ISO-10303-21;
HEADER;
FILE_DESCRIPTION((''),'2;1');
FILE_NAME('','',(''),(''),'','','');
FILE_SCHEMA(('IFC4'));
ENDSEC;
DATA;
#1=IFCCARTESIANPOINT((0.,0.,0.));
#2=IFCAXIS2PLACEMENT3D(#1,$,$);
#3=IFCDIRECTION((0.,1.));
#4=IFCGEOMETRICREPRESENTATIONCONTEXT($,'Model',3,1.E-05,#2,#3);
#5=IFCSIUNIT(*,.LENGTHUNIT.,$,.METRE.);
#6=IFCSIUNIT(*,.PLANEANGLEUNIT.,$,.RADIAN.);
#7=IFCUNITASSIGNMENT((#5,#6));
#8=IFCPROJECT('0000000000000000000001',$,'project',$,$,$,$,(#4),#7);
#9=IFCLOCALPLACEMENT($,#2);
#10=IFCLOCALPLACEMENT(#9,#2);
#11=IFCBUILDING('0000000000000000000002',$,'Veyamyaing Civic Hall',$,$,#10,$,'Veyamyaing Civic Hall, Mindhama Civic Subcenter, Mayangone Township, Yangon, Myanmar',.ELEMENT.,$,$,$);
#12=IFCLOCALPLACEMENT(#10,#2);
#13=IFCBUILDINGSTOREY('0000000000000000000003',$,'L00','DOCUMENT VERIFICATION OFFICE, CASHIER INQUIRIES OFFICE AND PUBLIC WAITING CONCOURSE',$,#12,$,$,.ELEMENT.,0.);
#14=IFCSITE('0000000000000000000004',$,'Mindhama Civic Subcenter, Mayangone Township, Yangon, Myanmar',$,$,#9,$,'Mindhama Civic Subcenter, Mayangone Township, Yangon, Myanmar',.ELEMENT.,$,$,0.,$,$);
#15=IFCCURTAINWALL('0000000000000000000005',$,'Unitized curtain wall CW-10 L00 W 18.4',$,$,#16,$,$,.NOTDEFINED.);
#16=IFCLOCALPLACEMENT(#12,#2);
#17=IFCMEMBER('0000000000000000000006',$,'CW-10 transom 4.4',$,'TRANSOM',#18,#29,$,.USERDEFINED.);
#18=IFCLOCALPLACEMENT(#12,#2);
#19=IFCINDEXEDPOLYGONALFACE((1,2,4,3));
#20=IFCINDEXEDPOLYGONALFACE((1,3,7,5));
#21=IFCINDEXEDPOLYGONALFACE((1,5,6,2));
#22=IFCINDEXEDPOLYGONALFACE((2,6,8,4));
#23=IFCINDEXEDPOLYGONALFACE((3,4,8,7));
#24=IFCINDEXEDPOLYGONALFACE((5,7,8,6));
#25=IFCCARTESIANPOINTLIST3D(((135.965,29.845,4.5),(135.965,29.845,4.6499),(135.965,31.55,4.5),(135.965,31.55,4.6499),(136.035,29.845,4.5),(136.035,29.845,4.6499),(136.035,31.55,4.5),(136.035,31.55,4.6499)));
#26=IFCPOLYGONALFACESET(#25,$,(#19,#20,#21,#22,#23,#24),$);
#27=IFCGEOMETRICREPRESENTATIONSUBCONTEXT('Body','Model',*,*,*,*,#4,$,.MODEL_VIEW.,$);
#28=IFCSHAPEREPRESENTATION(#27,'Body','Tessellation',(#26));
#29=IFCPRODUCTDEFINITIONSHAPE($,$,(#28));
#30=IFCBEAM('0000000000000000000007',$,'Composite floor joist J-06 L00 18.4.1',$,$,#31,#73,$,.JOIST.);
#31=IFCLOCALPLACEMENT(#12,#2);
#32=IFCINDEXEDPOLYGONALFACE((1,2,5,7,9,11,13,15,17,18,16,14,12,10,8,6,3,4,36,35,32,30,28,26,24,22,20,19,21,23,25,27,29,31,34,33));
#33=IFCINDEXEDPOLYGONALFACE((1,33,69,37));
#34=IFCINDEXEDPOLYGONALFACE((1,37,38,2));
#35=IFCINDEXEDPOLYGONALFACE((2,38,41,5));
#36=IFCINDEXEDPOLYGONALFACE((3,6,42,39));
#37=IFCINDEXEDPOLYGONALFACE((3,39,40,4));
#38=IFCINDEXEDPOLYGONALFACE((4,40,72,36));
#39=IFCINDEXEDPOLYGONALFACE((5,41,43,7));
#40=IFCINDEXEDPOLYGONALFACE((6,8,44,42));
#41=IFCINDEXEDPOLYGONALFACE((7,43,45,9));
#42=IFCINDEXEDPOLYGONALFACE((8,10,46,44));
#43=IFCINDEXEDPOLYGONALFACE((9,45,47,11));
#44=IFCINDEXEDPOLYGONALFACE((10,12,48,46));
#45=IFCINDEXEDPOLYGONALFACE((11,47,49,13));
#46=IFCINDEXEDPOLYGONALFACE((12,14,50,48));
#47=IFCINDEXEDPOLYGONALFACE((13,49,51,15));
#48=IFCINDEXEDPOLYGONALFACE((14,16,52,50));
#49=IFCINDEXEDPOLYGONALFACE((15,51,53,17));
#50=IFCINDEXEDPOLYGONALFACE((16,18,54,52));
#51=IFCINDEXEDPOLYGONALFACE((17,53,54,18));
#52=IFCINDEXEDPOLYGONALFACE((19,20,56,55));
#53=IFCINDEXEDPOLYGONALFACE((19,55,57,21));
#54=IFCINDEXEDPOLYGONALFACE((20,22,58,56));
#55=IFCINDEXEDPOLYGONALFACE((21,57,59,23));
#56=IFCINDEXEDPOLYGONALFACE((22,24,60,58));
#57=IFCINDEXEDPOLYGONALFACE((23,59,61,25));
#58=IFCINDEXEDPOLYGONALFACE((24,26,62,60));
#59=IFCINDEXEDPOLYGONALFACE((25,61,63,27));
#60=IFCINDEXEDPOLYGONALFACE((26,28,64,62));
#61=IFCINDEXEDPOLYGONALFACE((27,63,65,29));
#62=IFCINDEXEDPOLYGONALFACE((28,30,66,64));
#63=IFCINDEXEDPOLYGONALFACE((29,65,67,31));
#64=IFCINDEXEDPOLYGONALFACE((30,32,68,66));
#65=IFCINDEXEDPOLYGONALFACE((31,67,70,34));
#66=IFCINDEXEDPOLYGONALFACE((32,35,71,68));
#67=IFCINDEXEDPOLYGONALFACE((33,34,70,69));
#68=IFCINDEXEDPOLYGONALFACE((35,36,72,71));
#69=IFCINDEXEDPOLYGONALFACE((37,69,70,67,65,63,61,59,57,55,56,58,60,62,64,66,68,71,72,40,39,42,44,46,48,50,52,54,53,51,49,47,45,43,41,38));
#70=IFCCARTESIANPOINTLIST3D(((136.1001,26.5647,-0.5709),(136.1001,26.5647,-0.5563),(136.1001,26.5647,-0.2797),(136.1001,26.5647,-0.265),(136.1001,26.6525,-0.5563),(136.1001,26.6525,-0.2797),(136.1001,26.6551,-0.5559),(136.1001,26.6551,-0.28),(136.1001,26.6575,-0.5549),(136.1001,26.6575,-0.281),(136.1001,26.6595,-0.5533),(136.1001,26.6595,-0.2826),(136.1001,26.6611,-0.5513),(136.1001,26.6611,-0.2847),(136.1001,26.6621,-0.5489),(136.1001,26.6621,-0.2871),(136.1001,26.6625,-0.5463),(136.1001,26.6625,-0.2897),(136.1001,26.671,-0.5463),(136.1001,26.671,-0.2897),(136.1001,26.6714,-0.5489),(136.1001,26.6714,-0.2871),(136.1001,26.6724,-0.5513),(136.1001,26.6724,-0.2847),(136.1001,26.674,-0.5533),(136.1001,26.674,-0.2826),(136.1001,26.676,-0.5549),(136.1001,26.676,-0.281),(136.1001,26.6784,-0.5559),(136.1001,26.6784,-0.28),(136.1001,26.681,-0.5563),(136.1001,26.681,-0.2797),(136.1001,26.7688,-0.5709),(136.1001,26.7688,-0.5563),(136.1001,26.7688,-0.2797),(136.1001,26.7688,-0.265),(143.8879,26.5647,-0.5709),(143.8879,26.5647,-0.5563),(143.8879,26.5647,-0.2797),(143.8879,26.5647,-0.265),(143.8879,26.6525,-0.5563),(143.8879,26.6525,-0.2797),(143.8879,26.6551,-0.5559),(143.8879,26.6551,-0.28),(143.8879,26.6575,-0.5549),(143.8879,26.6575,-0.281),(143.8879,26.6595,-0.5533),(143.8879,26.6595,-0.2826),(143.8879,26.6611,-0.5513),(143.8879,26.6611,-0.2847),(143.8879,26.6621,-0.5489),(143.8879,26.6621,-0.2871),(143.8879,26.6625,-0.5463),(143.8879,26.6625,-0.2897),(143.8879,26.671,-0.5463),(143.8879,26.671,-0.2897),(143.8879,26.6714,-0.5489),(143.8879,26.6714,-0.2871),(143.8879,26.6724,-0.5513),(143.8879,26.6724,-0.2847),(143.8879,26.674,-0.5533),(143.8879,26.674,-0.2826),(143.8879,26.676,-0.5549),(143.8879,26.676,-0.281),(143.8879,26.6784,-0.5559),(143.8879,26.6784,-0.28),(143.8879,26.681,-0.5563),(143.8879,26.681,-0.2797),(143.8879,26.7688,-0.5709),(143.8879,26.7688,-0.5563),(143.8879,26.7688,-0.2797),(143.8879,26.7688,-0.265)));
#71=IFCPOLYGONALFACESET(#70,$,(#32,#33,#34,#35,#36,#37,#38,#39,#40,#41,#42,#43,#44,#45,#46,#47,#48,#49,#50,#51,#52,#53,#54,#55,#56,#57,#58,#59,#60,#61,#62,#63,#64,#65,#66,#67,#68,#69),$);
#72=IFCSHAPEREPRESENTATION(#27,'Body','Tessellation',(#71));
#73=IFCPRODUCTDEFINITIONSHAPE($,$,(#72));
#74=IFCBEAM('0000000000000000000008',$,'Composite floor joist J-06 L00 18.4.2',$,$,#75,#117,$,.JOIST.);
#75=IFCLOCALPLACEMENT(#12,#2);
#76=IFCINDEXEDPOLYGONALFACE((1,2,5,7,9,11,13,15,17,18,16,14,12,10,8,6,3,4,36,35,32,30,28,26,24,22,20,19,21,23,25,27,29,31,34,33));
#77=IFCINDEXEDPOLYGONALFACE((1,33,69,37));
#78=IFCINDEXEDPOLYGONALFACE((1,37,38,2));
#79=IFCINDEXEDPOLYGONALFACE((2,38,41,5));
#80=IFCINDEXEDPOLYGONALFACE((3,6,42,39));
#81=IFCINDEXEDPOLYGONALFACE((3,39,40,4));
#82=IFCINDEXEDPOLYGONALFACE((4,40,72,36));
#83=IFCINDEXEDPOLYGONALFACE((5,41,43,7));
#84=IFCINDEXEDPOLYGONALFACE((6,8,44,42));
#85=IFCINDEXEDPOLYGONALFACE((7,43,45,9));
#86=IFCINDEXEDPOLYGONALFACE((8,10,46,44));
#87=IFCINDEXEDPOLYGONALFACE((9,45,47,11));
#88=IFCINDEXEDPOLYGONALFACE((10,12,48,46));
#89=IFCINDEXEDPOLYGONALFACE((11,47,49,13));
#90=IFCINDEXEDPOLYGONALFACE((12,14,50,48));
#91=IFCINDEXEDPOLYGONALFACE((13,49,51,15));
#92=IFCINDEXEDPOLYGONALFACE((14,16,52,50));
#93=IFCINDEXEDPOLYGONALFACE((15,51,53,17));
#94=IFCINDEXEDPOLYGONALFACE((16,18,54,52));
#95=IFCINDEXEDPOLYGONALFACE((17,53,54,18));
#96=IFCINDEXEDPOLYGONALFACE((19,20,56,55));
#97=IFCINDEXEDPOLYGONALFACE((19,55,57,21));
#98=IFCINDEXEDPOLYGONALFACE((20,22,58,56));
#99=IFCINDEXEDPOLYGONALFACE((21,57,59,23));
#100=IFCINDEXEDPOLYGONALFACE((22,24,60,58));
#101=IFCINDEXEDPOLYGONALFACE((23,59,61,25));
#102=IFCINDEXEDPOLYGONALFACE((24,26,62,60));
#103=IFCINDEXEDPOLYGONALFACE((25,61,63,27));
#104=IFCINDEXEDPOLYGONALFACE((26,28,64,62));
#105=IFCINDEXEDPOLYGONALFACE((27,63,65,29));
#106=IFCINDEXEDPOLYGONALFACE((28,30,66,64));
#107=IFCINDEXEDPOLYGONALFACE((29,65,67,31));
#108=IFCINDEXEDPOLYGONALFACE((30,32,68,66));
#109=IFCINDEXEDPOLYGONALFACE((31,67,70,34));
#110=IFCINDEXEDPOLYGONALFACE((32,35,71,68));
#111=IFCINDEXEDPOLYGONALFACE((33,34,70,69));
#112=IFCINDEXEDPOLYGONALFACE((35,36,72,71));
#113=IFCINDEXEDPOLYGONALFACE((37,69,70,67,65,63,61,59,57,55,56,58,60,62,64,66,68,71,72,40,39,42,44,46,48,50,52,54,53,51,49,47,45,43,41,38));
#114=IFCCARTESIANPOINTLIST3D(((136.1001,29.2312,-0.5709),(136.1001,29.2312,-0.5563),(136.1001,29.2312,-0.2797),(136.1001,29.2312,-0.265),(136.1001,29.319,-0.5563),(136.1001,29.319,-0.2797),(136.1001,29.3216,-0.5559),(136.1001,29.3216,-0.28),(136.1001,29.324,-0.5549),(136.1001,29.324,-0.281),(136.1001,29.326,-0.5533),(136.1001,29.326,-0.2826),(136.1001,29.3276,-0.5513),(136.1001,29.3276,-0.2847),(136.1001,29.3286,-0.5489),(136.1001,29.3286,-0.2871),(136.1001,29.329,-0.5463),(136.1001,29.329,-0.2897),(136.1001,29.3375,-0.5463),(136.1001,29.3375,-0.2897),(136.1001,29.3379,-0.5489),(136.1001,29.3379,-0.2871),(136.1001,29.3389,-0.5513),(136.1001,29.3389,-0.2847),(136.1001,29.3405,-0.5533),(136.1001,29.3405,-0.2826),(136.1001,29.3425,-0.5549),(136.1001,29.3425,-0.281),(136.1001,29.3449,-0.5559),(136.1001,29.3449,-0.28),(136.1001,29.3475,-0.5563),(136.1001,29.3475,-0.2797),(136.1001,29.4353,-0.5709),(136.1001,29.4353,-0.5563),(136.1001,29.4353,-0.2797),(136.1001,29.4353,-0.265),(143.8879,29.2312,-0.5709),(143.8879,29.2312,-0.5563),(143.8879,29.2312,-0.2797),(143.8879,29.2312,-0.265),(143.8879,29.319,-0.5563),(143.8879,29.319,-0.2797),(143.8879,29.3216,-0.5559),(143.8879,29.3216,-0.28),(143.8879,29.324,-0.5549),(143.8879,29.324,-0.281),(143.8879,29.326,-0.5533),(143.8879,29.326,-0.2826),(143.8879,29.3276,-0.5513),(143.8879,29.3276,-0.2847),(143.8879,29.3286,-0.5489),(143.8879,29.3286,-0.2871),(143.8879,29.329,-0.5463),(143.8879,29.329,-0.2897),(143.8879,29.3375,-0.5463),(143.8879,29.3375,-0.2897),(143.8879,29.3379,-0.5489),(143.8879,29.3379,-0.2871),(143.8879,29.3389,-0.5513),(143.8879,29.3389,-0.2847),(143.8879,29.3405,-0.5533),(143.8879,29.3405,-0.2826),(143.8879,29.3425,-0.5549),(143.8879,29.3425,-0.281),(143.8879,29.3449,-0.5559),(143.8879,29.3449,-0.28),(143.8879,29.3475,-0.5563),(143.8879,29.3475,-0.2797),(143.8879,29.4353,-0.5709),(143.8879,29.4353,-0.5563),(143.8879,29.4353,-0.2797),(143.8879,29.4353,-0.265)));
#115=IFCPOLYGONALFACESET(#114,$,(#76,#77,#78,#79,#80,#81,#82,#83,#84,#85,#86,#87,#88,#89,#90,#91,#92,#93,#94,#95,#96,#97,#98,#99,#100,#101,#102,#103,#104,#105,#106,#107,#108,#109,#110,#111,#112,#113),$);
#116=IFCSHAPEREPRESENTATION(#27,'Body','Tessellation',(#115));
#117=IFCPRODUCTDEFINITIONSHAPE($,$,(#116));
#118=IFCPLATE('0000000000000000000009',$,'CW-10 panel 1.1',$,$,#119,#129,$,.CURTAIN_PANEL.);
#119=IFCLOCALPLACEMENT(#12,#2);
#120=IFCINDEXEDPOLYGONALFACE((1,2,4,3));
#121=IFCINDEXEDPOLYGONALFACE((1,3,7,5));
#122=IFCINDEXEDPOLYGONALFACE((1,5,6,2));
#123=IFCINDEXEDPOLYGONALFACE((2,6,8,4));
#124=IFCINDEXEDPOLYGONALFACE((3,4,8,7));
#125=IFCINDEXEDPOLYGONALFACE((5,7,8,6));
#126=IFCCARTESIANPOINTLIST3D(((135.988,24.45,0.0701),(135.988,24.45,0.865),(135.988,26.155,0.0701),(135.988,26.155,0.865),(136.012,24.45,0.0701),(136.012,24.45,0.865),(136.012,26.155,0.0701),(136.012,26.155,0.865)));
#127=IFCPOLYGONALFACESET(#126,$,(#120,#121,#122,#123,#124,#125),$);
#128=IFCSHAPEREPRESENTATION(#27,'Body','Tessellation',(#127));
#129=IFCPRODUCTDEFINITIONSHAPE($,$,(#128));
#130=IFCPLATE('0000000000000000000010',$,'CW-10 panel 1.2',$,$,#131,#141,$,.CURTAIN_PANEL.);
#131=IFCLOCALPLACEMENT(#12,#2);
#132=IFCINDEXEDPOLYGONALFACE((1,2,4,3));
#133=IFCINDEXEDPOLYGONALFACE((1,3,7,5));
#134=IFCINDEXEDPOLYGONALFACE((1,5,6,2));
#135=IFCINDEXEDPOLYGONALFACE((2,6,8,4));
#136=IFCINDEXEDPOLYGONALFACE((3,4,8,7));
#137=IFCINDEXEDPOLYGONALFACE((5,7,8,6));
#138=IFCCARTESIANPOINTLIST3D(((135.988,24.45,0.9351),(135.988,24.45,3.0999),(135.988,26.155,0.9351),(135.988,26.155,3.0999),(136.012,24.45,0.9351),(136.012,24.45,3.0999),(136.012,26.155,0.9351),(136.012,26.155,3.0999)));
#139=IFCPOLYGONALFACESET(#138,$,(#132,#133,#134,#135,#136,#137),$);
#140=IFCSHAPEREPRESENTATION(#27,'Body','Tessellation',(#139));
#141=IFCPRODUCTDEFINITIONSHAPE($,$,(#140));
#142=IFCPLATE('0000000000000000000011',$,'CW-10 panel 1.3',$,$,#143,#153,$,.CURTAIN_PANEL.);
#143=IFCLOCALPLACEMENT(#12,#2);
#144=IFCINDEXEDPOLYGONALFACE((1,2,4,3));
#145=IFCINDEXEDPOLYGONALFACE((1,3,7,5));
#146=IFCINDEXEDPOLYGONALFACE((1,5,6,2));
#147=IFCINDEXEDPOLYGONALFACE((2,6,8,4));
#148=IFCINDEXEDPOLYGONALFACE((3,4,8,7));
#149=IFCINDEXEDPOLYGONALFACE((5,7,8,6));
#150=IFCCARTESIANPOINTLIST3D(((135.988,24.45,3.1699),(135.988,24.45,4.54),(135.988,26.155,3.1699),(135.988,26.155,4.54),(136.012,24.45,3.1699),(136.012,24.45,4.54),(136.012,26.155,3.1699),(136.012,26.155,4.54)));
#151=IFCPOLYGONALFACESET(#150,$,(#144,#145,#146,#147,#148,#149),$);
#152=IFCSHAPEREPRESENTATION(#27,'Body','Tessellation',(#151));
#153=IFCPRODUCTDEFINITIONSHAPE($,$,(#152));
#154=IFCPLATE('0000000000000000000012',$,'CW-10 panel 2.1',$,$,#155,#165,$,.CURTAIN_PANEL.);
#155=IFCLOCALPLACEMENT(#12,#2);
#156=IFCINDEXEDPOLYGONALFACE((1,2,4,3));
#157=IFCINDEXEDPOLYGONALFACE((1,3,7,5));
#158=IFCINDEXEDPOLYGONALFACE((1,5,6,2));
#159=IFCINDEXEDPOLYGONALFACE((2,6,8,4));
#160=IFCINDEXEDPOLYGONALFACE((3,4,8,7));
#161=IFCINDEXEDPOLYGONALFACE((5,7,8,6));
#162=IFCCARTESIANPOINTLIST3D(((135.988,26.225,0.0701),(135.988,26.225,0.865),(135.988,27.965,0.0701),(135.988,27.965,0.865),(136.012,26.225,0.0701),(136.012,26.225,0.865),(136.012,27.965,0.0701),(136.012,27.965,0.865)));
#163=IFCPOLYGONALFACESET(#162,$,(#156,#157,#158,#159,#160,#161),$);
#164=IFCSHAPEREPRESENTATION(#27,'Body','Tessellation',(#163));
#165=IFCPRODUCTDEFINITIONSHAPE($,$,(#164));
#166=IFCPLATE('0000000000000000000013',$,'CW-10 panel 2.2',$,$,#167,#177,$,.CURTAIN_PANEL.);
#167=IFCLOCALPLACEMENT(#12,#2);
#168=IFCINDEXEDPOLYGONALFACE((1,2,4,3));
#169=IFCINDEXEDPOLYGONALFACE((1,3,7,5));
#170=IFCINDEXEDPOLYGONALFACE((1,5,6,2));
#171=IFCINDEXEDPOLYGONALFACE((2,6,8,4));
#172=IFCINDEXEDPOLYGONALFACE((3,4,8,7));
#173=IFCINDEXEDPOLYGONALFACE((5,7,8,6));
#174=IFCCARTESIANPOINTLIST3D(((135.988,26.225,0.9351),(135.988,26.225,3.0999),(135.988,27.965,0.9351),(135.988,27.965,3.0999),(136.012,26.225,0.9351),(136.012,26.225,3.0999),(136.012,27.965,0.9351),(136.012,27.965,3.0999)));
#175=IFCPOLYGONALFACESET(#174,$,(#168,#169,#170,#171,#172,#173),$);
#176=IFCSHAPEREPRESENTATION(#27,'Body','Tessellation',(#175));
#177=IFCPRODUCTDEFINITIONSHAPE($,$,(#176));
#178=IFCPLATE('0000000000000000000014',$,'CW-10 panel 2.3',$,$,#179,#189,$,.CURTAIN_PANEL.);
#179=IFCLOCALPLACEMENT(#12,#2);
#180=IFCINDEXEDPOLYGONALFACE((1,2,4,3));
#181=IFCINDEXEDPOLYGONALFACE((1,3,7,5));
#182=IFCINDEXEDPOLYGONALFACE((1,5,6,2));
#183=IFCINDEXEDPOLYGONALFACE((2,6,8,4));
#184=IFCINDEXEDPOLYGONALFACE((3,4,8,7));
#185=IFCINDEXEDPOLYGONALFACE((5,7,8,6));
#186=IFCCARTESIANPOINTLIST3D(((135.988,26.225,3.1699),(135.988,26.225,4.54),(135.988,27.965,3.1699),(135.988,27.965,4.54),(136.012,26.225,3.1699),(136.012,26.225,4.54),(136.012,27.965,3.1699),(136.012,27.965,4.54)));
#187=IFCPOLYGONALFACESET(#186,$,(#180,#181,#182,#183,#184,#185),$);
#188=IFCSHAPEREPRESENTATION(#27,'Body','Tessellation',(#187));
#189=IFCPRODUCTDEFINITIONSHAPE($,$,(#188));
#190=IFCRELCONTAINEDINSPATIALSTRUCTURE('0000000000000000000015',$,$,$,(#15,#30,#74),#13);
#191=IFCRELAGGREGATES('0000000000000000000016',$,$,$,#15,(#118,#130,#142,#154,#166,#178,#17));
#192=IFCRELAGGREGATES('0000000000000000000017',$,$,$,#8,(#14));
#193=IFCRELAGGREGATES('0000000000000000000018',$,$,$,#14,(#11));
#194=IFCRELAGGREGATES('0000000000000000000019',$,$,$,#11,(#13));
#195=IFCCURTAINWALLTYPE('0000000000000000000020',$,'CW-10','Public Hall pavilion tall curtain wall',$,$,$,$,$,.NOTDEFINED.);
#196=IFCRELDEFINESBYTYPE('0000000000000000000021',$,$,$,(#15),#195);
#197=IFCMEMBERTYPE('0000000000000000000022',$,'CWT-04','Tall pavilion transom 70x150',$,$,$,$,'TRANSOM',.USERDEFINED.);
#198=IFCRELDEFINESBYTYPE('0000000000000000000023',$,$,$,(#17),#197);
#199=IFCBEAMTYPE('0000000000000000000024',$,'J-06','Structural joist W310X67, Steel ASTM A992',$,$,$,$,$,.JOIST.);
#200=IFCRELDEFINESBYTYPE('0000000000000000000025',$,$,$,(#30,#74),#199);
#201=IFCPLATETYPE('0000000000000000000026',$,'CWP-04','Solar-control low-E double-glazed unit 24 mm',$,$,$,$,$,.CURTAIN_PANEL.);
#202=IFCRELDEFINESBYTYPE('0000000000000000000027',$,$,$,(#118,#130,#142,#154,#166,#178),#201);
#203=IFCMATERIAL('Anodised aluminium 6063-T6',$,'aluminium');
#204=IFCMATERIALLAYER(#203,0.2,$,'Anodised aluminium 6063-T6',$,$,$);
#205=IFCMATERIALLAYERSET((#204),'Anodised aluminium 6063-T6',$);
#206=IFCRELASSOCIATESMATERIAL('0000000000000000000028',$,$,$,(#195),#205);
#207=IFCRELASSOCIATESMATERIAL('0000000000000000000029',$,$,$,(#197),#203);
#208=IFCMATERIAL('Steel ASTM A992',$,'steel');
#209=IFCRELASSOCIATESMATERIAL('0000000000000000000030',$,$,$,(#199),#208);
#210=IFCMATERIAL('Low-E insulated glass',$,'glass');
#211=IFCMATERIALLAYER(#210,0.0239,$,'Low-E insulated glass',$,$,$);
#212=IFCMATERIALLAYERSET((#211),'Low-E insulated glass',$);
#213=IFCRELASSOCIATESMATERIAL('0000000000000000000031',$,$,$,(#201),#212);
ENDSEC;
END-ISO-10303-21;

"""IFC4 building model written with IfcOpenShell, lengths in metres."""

from ifc_helpers import new_model, si_unit, direction, frame, origin, origin_2d, place, context, subcontext, project, spatial, rectangle, i_section, extrude, material, layer, layer_set, material_profile, profile_set, type_object, element, aggregate, save


model = new_model("IFC4")

# Units and contexts
model_context = context("Model", 3, precision=1e-05, world=origin(), true_north=direction((0.0, 1.0)))
body_context = subcontext(model_context, "Body", "Model", "MODEL_VIEW")
ifc_project = project(units=[si_unit("LENGTHUNIT", "METRE"), si_unit("PLANEANGLEUNIT", "RADIAN")], contexts=[model_context])

# Site, building, storey
site_placement = place(None, origin())
site = spatial("IfcSite", under=ifc_project, at=site_placement, Name="Mindhama Civic Subcenter, Mayangone Township, Yangon, Myanmar", LongName="Mindhama Civic Subcenter, Mayangone Township, Yangon, Myanmar", CompositionType="ELEMENT", RefElevation=0.0)
building_placement = place(site_placement, origin())
building = spatial("IfcBuilding", under=site, at=building_placement, Name="Veyamyaing Civic Hall", LongName="Veyamyaing Civic Hall, Mindhama Civic Subcenter, Mayangone Township, Yangon, Myanmar", CompositionType="ELEMENT")
storey_placement = place(building_placement, origin())
storey = spatial("IfcBuildingStorey", under=building, at=storey_placement, Name="L00", Description="DOCUMENT VERIFICATION OFFICE, CASHIER INQUIRIES OFFICE AND PUBLIC WAITING CONCOURSE", CompositionType="ELEMENT", Elevation=0.0)

# Curtain wall, member
ifc_material_1 = material(Name="Anodised aluminium 6063-T6", Category="aluminium")
ifc_layer_1 = layer(ifc_material_1, 0.2, Name="Anodised aluminium 6063-T6")
ifc_layer_set_1 = layer_set([ifc_layer_1], Name="Anodised aluminium 6063-T6")
curtain_wall_type = type_object("IfcCurtainWallType", Name="CW-10", Description="Public Hall pavilion tall curtain wall", PredefinedType="NOTDEFINED", material=ifc_layer_set_1)
curtain_wall_placement = place(storey_placement, origin())
curtain_wall = element("IfcCurtainWall", 1, at=curtain_wall_placement, inside=storey, type_object=curtain_wall_type, Name="Unitized curtain wall CW-10 L00 W 18.4", PredefinedType="NOTDEFINED")
ifc_material_profile_1 = material_profile(ifc_material_1, rectangle(XDim=0.0701, YDim=0.1499, at=origin_2d()), Name="ALU-TRN-70X150")
ifc_profile_set_1 = profile_set([ifc_material_profile_1], Name="Anodised aluminium 6063-T6")
member_type_1 = type_object("IfcMemberType", Name="CWT-04", Description="Tall pavilion transom 70x150", ElementType="TRANSOM", PredefinedType="USERDEFINED", material=ifc_profile_set_1)
member_1_placement = place(storey_placement, frame((136.0, 29.845, 4.575), z_axis=(0.0, 1.0, 0.0), x_axis=(-1.0, 0.0, 0.0)))
member_1 = element("IfcMember", 2, at=member_1_placement, type_object=member_type_1, Name="CW-10 transom 4.4", ObjectType="TRANSOM", PredefinedType="USERDEFINED", context=body_context, shape_type="SweptSolid", body=[
    extrude(rectangle(XDim=0.0701, YDim=0.1499, at=origin_2d()), origin(), (0.0, 0.0, 1.0), 1.7051),
])

# Beams
ifc_material_2 = material(Name="Steel ASTM A992", Category="steel")
ifc_material_profile_2 = material_profile(ifc_material_2, i_section(OverallWidth=0.2041, OverallDepth=0.3059, WebThickness=0.0085, FlangeThickness=0.0146, FilletRadius=0.01, at=origin_2d()), Name="W310X67")
ifc_profile_set_2 = profile_set([ifc_material_profile_2], Name="Steel ASTM A992")
beam_type = type_object("IfcBeamType", Name="J-06", Description="Structural joist W310X67, Steel ASTM A992", PredefinedType="JOIST", material=ifc_profile_set_2)
for number, where, z_axis, x_axis, name in (
    (3, (136.1001, 26.6667, -0.418), (1.0, 0.0, 0.0), (0.0, 1.0, 0.0), "Composite floor joist J-06 L00 18.4.1"),
    (4, (136.1001, 29.3333, -0.418), (1.0, 0.0, 0.0), (0.0, 1.0, 0.0), "Composite floor joist J-06 L00 18.4.2"),
):
    element("IfcBeam", number, at=place(storey_placement, frame(where, z_axis=z_axis, x_axis=x_axis)), inside=storey, type_object=beam_type, Name=name, PredefinedType="JOIST", context=body_context, shape_type="SweptSolid", body=[
        extrude(i_section(OverallWidth=0.2041, OverallDepth=0.3059, WebThickness=0.0085, FlangeThickness=0.0146, FilletRadius=0.01, at=origin_2d()), origin(), (0.0, 0.0, 1.0), 7.7878),
    ])

# Plates
ifc_material_3 = material(Name="Low-E insulated glass", Category="glass")
ifc_layer_2 = layer(ifc_material_3, 0.0239, Name="Low-E insulated glass")
ifc_layer_set_2 = layer_set([ifc_layer_2], Name="Low-E insulated glass")
plate_type = type_object("IfcPlateType", Name="CWP-04", Description="Solar-control low-E double-glazed unit 24 mm", PredefinedType="CURTAIN_PANEL", material=ifc_layer_set_2)
plate_1_placement = place(storey_placement, frame((136.0, 25.3025, 0.0701), z_axis=(0.0, 0.0, 1.0), x_axis=(0.0, 1.0, 0.0)))
plate_1 = element("IfcPlate", 5, at=plate_1_placement, type_object=plate_type, Name="CW-10 panel 1.1", PredefinedType="CURTAIN_PANEL", context=body_context, shape_type="SweptSolid", body=[
    extrude(rectangle(XDim=1.7051, YDim=0.0239, at=origin_2d()), origin(), (0.0, 0.0, 1.0), 0.7949),
])
plate_2_placement = place(storey_placement, frame((136.0, 25.3025, 0.9351), z_axis=(0.0, 0.0, 1.0), x_axis=(0.0, 1.0, 0.0)))
plate_2 = element("IfcPlate", 6, at=plate_2_placement, type_object=plate_type, Name="CW-10 panel 1.2", PredefinedType="CURTAIN_PANEL", context=body_context, shape_type="SweptSolid", body=[
    extrude(rectangle(XDim=1.7051, YDim=0.0239, at=origin_2d()), origin(), (0.0, 0.0, 1.0), 2.1648),
])
plate_3_placement = place(storey_placement, frame((136.0, 25.3025, 3.1699), z_axis=(0.0, 0.0, 1.0), x_axis=(0.0, 1.0, 0.0)))
plate_3 = element("IfcPlate", 7, at=plate_3_placement, type_object=plate_type, Name="CW-10 panel 1.3", PredefinedType="CURTAIN_PANEL", context=body_context, shape_type="SweptSolid", body=[
    extrude(rectangle(XDim=1.7051, YDim=0.0239, at=origin_2d()), origin(), (0.0, 0.0, 1.0), 1.3701),
])
plate_4_placement = place(storey_placement, frame((136.0, 27.095, 0.0701), z_axis=(0.0, 0.0, 1.0), x_axis=(0.0, 1.0, 0.0)))
plate_4 = element("IfcPlate", 8, at=plate_4_placement, type_object=plate_type, Name="CW-10 panel 2.1", PredefinedType="CURTAIN_PANEL", context=body_context, shape_type="SweptSolid", body=[
    extrude(rectangle(XDim=1.74, YDim=0.0239, at=origin_2d()), origin(), (0.0, 0.0, 1.0), 0.7949),
])
plate_5_placement = place(storey_placement, frame((136.0, 27.095, 0.9351), z_axis=(0.0, 0.0, 1.0), x_axis=(0.0, 1.0, 0.0)))
plate_5 = element("IfcPlate", 9, at=plate_5_placement, type_object=plate_type, Name="CW-10 panel 2.2", PredefinedType="CURTAIN_PANEL", context=body_context, shape_type="SweptSolid", body=[
    extrude(rectangle(XDim=1.74, YDim=0.0239, at=origin_2d()), origin(), (0.0, 0.0, 1.0), 2.1648),
])
plate_6_placement = place(storey_placement, frame((136.0, 27.095, 3.1699), z_axis=(0.0, 0.0, 1.0), x_axis=(0.0, 1.0, 0.0)))
plate_6 = element("IfcPlate", 10, at=plate_6_placement, type_object=plate_type, Name="CW-10 panel 2.3", PredefinedType="CURTAIN_PANEL", context=body_context, shape_type="SweptSolid", body=[
    extrude(rectangle(XDim=1.74, YDim=0.0239, at=origin_2d()), origin(), (0.0, 0.0, 1.0), 1.3701),
])
aggregate(curtain_wall, [plate_1, plate_2, plate_3, plate_4, plate_5, plate_6, member_1])

save(model, "model.ifc")
